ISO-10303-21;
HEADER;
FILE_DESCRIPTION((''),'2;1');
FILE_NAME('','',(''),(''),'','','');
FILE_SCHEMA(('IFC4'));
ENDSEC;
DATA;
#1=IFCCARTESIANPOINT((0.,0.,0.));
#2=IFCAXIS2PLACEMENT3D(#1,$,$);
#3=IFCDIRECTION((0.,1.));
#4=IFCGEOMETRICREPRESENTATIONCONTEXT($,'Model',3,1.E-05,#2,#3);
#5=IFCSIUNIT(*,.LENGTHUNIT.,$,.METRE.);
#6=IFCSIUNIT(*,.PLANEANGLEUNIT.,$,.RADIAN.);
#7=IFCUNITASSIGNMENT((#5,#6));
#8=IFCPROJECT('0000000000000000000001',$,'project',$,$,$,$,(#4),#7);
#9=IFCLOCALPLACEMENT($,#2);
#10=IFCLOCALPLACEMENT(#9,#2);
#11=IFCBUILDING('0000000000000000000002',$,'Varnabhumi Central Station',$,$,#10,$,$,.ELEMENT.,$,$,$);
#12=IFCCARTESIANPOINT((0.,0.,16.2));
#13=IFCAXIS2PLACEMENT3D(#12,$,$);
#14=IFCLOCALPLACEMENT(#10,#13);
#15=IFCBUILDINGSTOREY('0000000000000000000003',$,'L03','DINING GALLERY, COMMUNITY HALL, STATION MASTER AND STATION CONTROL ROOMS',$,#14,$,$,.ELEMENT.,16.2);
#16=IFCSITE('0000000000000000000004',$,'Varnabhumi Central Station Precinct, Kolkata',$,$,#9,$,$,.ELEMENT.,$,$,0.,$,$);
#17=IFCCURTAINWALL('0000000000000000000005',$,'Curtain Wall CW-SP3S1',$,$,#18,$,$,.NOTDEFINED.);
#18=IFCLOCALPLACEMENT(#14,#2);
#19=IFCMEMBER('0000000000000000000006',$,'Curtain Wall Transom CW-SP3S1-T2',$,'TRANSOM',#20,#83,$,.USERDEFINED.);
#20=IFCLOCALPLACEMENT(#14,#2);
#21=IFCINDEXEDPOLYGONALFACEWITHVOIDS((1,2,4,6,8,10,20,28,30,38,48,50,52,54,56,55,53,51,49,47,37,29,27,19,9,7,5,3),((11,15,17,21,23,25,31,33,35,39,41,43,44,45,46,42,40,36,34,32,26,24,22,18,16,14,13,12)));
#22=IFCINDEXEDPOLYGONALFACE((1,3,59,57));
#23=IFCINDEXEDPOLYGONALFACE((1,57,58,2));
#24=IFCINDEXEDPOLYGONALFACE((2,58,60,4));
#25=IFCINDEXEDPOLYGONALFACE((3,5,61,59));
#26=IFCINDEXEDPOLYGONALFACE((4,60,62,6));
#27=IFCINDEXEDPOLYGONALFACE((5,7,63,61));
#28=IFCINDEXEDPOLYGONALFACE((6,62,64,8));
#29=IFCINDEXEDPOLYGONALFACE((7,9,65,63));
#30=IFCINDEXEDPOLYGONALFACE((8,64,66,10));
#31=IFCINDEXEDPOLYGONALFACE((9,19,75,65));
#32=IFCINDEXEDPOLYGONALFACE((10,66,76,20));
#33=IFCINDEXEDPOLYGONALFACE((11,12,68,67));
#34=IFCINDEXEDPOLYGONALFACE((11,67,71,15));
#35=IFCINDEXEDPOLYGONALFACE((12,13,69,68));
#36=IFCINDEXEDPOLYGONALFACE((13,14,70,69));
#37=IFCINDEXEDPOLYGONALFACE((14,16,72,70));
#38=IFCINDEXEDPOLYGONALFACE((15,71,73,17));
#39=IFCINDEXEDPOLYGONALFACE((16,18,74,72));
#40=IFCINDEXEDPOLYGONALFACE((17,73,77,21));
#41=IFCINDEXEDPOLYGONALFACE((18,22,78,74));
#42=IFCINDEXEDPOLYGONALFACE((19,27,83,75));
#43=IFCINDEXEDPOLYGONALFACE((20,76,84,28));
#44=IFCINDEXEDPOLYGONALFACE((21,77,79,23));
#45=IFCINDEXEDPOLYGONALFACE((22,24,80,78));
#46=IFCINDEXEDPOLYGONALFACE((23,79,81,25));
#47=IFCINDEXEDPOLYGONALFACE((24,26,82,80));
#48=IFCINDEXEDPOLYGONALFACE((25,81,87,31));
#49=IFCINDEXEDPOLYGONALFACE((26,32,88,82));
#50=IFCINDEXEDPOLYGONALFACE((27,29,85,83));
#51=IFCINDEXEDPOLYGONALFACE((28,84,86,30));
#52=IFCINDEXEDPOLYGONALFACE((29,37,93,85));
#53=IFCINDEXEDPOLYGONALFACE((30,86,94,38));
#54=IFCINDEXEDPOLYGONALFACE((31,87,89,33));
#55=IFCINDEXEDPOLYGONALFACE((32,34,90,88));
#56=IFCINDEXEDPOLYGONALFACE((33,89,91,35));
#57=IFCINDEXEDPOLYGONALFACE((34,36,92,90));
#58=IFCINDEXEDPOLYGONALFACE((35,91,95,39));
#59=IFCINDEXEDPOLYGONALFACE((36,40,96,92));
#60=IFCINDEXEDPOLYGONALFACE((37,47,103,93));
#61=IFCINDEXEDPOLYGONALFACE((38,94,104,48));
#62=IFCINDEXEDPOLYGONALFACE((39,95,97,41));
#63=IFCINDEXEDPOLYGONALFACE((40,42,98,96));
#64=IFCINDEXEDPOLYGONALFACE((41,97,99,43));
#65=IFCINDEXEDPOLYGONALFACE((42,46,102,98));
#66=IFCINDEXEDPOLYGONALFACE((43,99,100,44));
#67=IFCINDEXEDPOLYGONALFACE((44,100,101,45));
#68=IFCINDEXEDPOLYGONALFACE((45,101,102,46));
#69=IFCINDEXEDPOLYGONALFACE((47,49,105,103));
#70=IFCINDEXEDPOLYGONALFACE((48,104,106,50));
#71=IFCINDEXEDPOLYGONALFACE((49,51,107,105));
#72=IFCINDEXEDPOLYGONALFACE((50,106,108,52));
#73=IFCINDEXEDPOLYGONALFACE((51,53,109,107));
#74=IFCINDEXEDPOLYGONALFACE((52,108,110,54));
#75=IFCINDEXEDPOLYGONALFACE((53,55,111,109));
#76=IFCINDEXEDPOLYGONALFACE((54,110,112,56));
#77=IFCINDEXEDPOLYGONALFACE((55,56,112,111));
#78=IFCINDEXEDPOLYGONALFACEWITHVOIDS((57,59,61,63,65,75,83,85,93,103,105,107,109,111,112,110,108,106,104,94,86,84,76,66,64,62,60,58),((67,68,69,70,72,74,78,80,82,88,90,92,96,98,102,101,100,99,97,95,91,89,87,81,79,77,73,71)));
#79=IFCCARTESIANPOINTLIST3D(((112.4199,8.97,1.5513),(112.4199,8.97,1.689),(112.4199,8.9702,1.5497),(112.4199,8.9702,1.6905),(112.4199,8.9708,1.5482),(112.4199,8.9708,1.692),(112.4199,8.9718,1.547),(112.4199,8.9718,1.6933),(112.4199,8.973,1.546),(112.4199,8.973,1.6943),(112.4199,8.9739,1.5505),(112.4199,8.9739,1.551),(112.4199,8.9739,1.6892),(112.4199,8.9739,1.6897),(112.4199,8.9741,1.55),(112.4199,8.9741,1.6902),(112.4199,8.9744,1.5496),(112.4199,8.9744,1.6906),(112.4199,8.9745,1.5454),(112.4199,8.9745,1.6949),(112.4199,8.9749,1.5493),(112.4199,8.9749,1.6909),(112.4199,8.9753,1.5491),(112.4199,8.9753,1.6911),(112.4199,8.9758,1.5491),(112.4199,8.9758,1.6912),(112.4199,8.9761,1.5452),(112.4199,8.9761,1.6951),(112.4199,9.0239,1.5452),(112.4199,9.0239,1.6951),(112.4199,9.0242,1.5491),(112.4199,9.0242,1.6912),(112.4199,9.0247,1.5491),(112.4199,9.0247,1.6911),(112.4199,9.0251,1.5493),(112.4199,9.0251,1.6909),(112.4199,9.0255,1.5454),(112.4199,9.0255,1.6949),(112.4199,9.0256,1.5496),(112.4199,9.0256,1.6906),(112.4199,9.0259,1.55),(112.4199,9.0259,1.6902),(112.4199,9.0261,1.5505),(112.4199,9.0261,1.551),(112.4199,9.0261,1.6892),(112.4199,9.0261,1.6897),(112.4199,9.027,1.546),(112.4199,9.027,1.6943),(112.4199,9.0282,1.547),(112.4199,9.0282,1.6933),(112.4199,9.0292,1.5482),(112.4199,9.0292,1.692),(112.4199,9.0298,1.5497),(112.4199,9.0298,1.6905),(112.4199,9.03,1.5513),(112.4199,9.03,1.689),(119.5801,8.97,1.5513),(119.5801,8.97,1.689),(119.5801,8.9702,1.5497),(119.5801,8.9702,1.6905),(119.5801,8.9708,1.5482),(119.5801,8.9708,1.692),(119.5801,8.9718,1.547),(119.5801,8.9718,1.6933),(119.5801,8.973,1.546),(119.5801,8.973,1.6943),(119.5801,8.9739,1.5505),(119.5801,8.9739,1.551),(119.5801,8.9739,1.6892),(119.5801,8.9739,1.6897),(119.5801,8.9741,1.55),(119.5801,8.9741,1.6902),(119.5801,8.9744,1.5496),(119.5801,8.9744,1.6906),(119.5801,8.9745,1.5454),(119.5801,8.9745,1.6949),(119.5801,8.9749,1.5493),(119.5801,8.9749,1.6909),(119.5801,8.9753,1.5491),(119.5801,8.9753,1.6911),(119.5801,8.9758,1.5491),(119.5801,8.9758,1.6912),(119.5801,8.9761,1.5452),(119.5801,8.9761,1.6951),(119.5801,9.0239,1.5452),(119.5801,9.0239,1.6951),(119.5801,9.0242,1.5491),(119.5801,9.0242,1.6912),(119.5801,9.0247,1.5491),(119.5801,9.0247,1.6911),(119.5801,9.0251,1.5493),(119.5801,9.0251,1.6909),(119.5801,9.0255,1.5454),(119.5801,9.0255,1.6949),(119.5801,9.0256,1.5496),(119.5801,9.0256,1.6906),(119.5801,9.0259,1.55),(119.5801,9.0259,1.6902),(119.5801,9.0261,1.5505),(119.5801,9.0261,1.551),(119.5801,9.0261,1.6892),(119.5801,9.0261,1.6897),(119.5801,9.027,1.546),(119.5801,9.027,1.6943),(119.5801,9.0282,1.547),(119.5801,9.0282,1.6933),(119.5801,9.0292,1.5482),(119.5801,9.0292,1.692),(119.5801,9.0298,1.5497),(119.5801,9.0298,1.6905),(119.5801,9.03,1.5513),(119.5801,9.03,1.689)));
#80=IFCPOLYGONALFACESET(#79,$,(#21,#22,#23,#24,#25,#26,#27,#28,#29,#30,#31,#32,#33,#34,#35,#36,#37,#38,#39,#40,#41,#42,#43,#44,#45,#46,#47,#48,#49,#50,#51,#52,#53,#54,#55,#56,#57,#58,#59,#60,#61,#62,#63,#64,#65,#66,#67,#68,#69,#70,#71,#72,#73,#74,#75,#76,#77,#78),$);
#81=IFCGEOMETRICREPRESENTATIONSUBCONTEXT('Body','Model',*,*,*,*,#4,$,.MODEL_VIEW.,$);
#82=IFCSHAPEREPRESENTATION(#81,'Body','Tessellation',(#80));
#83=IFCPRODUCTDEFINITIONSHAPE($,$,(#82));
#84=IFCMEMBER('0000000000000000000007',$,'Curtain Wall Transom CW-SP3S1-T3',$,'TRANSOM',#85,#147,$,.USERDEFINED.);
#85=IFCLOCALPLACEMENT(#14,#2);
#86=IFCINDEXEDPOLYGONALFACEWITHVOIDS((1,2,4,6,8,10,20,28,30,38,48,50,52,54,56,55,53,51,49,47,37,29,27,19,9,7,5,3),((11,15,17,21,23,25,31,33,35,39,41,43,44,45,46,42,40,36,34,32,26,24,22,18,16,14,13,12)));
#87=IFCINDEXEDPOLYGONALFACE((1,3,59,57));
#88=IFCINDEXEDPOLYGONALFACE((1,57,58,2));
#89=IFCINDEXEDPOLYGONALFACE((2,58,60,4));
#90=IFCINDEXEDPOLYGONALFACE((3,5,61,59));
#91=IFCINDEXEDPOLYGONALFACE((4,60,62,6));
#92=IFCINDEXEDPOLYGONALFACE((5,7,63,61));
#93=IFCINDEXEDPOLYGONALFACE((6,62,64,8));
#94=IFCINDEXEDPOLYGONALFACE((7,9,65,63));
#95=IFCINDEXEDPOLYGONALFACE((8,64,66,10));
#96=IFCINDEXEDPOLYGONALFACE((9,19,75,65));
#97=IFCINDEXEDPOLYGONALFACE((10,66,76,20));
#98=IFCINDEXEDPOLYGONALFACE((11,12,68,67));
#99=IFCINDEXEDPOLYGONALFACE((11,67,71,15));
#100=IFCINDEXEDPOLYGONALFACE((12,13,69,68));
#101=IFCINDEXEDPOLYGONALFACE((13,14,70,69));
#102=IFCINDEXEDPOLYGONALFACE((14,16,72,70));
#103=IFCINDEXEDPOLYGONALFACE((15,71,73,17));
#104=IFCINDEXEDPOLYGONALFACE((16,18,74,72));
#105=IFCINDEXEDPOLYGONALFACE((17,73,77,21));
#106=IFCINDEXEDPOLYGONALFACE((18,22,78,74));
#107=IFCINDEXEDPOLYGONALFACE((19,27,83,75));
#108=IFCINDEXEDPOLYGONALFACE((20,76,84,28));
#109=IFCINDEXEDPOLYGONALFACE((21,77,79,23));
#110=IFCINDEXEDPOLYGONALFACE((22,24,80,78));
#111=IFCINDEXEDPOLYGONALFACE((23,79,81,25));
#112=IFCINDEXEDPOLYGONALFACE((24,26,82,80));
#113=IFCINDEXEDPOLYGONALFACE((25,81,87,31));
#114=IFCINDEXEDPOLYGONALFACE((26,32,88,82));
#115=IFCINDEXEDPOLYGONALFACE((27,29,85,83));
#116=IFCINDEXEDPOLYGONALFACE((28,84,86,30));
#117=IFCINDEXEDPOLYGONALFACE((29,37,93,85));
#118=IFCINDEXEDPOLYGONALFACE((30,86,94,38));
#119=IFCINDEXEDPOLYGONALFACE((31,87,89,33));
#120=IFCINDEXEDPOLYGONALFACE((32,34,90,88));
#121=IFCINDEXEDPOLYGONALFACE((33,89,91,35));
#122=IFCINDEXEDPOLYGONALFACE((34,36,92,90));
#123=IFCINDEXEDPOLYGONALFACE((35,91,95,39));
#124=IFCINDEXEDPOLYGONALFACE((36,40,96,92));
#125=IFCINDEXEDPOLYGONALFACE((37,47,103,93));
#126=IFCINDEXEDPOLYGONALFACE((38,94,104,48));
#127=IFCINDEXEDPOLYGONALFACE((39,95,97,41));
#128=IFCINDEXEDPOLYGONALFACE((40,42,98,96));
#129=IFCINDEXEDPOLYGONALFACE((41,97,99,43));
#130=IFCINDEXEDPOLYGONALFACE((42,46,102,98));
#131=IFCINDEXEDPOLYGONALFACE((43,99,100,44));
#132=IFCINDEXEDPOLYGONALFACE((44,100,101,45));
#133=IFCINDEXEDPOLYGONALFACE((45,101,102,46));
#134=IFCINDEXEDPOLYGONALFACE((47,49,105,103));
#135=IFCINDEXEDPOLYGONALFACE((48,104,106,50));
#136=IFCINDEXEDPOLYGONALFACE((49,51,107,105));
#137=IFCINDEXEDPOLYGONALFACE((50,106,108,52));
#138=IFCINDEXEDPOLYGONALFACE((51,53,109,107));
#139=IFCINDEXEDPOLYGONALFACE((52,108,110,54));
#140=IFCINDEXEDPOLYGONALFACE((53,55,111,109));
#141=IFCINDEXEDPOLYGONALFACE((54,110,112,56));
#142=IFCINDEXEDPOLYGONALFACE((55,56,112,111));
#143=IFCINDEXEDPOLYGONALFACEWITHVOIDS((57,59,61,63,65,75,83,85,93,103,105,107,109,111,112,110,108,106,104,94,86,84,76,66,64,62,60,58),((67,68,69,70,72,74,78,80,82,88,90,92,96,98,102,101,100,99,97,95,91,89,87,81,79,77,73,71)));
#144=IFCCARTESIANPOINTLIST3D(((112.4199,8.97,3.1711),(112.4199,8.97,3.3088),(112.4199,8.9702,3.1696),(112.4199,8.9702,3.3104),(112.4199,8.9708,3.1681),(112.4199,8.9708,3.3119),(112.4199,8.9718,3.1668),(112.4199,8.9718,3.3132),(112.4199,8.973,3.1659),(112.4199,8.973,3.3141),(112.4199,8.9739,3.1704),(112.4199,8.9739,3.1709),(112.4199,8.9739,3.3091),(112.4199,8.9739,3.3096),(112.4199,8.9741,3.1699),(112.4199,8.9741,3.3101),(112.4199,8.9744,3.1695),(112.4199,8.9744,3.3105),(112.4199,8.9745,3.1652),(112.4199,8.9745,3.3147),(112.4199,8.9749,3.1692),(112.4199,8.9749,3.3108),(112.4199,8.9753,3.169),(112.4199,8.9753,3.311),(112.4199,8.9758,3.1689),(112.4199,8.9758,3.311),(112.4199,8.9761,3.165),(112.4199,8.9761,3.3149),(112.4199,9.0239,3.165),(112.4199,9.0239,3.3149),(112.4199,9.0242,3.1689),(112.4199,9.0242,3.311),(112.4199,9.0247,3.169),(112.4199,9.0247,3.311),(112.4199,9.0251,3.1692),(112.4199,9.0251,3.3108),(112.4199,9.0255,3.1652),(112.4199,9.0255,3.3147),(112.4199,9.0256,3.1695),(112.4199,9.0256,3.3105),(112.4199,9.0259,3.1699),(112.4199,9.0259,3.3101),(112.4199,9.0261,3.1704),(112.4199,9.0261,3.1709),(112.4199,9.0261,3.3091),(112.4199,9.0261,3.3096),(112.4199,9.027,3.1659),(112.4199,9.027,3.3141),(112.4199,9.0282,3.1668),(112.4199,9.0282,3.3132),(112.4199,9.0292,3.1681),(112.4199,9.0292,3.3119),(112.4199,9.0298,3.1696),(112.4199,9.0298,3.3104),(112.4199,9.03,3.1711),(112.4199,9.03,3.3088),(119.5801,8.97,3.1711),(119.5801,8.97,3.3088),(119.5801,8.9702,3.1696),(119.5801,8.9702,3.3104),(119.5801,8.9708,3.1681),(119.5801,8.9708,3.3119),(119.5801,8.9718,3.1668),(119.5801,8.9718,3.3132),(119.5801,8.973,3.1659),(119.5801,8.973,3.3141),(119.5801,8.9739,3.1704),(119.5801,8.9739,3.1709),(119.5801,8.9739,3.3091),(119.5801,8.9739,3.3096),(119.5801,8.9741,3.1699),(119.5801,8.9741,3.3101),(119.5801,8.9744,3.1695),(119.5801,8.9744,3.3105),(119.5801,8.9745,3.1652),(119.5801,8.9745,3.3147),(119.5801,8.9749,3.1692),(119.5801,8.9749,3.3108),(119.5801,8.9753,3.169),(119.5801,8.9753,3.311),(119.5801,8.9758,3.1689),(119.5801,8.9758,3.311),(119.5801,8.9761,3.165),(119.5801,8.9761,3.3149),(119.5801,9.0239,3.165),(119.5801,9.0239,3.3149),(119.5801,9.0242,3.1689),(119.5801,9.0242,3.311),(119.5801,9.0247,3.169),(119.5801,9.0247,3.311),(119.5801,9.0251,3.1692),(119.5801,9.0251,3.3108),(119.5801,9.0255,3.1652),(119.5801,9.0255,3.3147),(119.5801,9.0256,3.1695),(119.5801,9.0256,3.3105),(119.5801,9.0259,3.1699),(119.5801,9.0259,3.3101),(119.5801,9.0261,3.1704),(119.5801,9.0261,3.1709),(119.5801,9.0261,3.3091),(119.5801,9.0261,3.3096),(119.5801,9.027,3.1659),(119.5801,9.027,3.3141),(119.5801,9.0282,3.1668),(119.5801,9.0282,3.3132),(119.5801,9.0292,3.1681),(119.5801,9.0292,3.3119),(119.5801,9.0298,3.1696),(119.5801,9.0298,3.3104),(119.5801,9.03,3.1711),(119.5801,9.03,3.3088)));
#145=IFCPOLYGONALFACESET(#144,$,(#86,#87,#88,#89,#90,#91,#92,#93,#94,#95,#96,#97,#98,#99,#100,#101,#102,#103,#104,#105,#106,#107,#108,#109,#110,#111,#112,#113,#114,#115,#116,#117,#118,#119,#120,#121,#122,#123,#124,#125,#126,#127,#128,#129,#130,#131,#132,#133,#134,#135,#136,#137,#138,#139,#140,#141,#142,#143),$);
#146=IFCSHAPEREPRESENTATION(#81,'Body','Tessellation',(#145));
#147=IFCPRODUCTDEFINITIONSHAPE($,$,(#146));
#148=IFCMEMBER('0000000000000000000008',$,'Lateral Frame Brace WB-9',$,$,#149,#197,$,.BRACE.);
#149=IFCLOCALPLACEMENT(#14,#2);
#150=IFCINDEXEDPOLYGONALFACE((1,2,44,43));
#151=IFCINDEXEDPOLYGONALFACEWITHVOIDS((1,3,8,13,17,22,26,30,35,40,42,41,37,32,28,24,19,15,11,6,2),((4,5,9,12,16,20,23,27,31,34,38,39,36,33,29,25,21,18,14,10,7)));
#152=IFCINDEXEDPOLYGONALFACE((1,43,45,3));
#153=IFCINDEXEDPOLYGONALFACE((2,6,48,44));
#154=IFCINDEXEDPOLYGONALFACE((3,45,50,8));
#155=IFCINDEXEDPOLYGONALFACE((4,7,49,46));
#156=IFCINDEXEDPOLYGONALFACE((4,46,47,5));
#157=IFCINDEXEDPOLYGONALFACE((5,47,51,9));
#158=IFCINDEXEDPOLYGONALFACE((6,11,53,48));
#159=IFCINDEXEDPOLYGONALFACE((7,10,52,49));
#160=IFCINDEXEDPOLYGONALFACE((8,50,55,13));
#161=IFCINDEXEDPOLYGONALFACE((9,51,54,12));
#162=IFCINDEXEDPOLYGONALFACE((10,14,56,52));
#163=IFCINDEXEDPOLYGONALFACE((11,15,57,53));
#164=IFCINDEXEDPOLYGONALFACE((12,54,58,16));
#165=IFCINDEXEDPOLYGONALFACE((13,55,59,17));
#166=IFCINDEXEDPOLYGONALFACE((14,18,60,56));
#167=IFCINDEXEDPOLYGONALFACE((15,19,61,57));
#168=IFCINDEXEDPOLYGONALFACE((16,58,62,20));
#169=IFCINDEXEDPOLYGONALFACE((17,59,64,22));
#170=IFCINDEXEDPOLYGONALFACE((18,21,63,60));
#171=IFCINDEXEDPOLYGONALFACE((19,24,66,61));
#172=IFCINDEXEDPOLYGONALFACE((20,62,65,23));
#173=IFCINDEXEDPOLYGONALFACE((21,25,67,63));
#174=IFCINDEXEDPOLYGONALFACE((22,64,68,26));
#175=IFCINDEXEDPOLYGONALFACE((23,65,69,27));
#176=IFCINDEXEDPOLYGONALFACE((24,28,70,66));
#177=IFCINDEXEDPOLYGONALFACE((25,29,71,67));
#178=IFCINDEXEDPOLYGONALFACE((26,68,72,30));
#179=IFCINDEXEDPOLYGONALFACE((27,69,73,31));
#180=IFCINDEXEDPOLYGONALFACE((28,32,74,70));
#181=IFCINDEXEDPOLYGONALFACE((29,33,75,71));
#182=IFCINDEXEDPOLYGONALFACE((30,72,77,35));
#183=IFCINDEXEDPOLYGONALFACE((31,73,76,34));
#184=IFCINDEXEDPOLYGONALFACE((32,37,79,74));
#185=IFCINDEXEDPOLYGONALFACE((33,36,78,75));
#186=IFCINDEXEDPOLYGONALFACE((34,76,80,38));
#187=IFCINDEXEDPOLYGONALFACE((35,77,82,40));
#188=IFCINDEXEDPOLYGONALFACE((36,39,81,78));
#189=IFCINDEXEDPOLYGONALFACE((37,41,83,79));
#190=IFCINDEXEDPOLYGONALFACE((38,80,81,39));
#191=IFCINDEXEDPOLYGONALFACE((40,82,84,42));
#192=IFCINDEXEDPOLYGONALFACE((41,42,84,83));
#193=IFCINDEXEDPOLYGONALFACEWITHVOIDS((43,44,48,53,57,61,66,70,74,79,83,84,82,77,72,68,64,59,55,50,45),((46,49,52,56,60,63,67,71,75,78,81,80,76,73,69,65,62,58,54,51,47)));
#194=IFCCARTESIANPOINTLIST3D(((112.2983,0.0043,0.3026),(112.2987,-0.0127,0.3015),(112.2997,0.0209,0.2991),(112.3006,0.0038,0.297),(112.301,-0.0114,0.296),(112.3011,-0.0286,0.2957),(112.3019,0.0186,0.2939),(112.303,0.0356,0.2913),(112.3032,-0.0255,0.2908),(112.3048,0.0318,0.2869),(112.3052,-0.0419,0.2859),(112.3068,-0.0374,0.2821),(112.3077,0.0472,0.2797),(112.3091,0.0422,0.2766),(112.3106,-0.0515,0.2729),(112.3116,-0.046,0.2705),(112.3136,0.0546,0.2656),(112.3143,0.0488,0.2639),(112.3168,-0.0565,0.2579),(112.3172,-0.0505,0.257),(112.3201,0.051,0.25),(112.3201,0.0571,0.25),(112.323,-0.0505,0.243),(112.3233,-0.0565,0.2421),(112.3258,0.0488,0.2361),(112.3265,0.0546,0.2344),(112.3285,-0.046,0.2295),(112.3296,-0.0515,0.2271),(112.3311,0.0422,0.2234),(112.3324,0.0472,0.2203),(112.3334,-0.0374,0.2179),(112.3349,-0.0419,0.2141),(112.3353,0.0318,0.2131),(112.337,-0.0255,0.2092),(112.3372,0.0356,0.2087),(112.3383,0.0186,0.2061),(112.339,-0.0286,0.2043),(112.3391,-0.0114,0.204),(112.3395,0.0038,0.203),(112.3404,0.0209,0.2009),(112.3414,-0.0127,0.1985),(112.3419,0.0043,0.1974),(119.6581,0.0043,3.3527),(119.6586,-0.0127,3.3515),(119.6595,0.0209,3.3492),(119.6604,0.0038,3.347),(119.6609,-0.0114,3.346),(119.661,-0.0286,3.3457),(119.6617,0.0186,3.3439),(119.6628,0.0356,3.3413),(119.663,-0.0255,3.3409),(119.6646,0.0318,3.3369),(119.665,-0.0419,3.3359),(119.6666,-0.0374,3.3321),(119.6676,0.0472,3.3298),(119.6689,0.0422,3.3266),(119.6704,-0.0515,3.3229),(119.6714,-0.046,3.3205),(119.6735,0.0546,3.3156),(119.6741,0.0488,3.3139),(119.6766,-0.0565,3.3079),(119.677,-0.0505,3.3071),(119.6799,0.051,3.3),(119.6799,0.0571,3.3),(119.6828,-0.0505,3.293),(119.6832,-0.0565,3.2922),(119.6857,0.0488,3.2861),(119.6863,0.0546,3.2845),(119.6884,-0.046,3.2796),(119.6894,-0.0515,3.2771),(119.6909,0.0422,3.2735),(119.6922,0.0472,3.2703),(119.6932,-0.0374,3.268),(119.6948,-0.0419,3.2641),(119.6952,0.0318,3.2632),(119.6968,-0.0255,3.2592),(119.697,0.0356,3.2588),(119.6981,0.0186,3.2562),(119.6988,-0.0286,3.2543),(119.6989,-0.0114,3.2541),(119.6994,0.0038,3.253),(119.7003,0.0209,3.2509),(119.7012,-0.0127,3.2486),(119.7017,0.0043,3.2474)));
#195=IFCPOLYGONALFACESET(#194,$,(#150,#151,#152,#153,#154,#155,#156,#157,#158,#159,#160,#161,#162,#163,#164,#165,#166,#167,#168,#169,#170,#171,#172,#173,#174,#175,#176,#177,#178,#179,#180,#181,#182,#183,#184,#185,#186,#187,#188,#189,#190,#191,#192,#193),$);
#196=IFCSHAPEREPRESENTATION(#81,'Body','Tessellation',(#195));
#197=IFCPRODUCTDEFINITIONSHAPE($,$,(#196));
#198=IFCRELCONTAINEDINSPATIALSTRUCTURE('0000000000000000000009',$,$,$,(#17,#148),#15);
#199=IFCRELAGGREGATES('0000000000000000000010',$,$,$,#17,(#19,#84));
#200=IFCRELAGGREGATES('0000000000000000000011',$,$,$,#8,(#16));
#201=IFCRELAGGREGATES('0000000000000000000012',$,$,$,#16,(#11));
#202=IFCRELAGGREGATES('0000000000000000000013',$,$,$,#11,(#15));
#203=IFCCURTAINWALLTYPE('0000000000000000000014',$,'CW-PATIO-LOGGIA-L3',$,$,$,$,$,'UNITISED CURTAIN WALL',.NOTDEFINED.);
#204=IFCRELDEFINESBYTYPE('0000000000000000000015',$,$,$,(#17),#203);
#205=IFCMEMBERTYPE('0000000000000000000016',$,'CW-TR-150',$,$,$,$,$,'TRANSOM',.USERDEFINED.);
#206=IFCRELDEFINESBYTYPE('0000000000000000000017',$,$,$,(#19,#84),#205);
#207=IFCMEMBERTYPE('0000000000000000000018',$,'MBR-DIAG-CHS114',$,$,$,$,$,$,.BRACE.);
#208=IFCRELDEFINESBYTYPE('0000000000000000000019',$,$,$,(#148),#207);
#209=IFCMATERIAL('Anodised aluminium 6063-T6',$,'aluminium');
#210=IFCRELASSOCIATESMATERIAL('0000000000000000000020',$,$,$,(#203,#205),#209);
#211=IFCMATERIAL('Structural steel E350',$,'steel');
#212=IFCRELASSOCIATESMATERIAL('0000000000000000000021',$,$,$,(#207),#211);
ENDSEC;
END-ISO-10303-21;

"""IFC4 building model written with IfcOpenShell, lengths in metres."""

from ifc_helpers import new_model, si_unit, direction, frame, origin, origin_2d, place, context, subcontext, project, spatial, hollow_rectangle, hollow_circle, extrude, material, material_profile, profile_set, type_object, element, aggregate, save


model = new_model("IFC4")

# Units and contexts
model_context = context("Model", 3, precision=1e-05, world=origin(), true_north=direction((0.0, 1.0)))
body_context = subcontext(model_context, "Body", "Model", "MODEL_VIEW")
ifc_project = project(units=[si_unit("LENGTHUNIT", "METRE"), si_unit("PLANEANGLEUNIT", "RADIAN")], contexts=[model_context])

# Site, building, storey
site_placement = place(None, origin())
site = spatial("IfcSite", under=ifc_project, at=site_placement, Name="Varnabhumi Central Station Precinct, Kolkata", CompositionType="ELEMENT", RefElevation=0.0)
building_placement = place(site_placement, origin())
building = spatial("IfcBuilding", under=site, at=building_placement, Name="Varnabhumi Central Station", CompositionType="ELEMENT")
storey_placement = place(building_placement, frame((0.0, 0.0, 16.2)))
storey = spatial("IfcBuildingStorey", under=building, at=storey_placement, Name="L03", Description="DINING GALLERY, COMMUNITY HALL, STATION MASTER AND STATION CONTROL ROOMS", CompositionType="ELEMENT", Elevation=16.2)

# Shared definitions
ifc_material_1 = material(Name="Structural steel E350", Category="steel")

# Curtain wall
ifc_material_2 = material(Name="Anodised aluminium 6063-T6", Category="aluminium")
curtain_wall_type = type_object("IfcCurtainWallType", Name="CW-PATIO-LOGGIA-L3", ElementType="UNITISED CURTAIN WALL", PredefinedType="NOTDEFINED", material=ifc_material_2)
curtain_wall_1_placement = place(storey_placement, origin())
curtain_wall_1 = element("IfcCurtainWall", 1, at=curtain_wall_1_placement, inside=storey, type_object=curtain_wall_type, Name="Curtain Wall CW-SP3S1", PredefinedType="NOTDEFINED")

# Members
ifc_material_profile_1 = material_profile(ifc_material_2, hollow_rectangle(XDim=0.0601, YDim=0.1499, WallThickness=0.0039, InnerFilletRadius=0.002, OuterFilletRadius=0.0061, at=origin_2d()), Name="Anodised aluminium 6063-T6", Category="aluminium")
ifc_profile_set_1 = profile_set([ifc_material_profile_1], Name="Anodised aluminium 6063-T6")
member_type_1 = type_object("IfcMemberType", Name="CW-TR-150", ElementType="TRANSOM", PredefinedType="USERDEFINED", material=ifc_profile_set_1)
member_1_placement = place(storey_placement, frame((112.4199, 9.0, 1.6201), z_axis=(1.0, 0.0, 0.0), x_axis=(0.0, 1.0, 0.0)))
member_1 = element("IfcMember", 2, at=member_1_placement, type_object=member_type_1, Name="Curtain Wall Transom CW-SP3S1-T2", ObjectType="TRANSOM", PredefinedType="USERDEFINED", context=body_context, shape_type="SweptSolid", body=[
    extrude(hollow_rectangle(XDim=0.0601, YDim=0.1499, WallThickness=0.0039, InnerFilletRadius=0.002, OuterFilletRadius=0.0061, at=origin_2d()), origin(), (0.0, 0.0, 1.0), 7.1602),
])
member_2_placement = place(storey_placement, frame((112.4199, 9.0, 3.24), z_axis=(1.0, 0.0, 0.0), x_axis=(0.0, 1.0, 0.0)))
member_2 = element("IfcMember", 3, at=member_2_placement, type_object=member_type_1, Name="Curtain Wall Transom CW-SP3S1-T3", ObjectType="TRANSOM", PredefinedType="USERDEFINED", context=body_context, shape_type="SweptSolid", body=[
    extrude(hollow_rectangle(XDim=0.0601, YDim=0.1499, WallThickness=0.0039, InnerFilletRadius=0.002, OuterFilletRadius=0.0061, at=origin_2d()), origin(), (0.0, 0.0, 1.0), 7.1602),
])
ifc_material_profile_2 = material_profile(ifc_material_1, hollow_circle(Radius=0.0571, WallThickness=0.0061, at=origin_2d()), Name="Structural steel E350", Category="steel")
ifc_profile_set_2 = profile_set([ifc_material_profile_2], Name="Structural steel E350")
member_type_2 = type_object("IfcMemberType", Name="MBR-DIAG-CHS114", PredefinedType="BRACE", material=ifc_profile_set_2)
member_3_placement = place(storey_placement, frame((112.3201, 0.0, 0.25), z_axis=(0.923813, 0.0, 0.382843), x_axis=(0.0, 1.0, 0.0)))
element("IfcMember", 4, at=member_3_placement, inside=storey, type_object=member_type_2, Name="Lateral Frame Brace WB-9", PredefinedType="BRACE", context=body_context, shape_type="SweptSolid", body=[
    extrude(hollow_circle(Radius=0.0571, WallThickness=0.0061, at=origin_2d()), origin(), (0.0, 0.0, 1.0), 7.9668),
])

aggregate(curtain_wall_1, [member_1, member_2])

save(model, "model.ifc")
